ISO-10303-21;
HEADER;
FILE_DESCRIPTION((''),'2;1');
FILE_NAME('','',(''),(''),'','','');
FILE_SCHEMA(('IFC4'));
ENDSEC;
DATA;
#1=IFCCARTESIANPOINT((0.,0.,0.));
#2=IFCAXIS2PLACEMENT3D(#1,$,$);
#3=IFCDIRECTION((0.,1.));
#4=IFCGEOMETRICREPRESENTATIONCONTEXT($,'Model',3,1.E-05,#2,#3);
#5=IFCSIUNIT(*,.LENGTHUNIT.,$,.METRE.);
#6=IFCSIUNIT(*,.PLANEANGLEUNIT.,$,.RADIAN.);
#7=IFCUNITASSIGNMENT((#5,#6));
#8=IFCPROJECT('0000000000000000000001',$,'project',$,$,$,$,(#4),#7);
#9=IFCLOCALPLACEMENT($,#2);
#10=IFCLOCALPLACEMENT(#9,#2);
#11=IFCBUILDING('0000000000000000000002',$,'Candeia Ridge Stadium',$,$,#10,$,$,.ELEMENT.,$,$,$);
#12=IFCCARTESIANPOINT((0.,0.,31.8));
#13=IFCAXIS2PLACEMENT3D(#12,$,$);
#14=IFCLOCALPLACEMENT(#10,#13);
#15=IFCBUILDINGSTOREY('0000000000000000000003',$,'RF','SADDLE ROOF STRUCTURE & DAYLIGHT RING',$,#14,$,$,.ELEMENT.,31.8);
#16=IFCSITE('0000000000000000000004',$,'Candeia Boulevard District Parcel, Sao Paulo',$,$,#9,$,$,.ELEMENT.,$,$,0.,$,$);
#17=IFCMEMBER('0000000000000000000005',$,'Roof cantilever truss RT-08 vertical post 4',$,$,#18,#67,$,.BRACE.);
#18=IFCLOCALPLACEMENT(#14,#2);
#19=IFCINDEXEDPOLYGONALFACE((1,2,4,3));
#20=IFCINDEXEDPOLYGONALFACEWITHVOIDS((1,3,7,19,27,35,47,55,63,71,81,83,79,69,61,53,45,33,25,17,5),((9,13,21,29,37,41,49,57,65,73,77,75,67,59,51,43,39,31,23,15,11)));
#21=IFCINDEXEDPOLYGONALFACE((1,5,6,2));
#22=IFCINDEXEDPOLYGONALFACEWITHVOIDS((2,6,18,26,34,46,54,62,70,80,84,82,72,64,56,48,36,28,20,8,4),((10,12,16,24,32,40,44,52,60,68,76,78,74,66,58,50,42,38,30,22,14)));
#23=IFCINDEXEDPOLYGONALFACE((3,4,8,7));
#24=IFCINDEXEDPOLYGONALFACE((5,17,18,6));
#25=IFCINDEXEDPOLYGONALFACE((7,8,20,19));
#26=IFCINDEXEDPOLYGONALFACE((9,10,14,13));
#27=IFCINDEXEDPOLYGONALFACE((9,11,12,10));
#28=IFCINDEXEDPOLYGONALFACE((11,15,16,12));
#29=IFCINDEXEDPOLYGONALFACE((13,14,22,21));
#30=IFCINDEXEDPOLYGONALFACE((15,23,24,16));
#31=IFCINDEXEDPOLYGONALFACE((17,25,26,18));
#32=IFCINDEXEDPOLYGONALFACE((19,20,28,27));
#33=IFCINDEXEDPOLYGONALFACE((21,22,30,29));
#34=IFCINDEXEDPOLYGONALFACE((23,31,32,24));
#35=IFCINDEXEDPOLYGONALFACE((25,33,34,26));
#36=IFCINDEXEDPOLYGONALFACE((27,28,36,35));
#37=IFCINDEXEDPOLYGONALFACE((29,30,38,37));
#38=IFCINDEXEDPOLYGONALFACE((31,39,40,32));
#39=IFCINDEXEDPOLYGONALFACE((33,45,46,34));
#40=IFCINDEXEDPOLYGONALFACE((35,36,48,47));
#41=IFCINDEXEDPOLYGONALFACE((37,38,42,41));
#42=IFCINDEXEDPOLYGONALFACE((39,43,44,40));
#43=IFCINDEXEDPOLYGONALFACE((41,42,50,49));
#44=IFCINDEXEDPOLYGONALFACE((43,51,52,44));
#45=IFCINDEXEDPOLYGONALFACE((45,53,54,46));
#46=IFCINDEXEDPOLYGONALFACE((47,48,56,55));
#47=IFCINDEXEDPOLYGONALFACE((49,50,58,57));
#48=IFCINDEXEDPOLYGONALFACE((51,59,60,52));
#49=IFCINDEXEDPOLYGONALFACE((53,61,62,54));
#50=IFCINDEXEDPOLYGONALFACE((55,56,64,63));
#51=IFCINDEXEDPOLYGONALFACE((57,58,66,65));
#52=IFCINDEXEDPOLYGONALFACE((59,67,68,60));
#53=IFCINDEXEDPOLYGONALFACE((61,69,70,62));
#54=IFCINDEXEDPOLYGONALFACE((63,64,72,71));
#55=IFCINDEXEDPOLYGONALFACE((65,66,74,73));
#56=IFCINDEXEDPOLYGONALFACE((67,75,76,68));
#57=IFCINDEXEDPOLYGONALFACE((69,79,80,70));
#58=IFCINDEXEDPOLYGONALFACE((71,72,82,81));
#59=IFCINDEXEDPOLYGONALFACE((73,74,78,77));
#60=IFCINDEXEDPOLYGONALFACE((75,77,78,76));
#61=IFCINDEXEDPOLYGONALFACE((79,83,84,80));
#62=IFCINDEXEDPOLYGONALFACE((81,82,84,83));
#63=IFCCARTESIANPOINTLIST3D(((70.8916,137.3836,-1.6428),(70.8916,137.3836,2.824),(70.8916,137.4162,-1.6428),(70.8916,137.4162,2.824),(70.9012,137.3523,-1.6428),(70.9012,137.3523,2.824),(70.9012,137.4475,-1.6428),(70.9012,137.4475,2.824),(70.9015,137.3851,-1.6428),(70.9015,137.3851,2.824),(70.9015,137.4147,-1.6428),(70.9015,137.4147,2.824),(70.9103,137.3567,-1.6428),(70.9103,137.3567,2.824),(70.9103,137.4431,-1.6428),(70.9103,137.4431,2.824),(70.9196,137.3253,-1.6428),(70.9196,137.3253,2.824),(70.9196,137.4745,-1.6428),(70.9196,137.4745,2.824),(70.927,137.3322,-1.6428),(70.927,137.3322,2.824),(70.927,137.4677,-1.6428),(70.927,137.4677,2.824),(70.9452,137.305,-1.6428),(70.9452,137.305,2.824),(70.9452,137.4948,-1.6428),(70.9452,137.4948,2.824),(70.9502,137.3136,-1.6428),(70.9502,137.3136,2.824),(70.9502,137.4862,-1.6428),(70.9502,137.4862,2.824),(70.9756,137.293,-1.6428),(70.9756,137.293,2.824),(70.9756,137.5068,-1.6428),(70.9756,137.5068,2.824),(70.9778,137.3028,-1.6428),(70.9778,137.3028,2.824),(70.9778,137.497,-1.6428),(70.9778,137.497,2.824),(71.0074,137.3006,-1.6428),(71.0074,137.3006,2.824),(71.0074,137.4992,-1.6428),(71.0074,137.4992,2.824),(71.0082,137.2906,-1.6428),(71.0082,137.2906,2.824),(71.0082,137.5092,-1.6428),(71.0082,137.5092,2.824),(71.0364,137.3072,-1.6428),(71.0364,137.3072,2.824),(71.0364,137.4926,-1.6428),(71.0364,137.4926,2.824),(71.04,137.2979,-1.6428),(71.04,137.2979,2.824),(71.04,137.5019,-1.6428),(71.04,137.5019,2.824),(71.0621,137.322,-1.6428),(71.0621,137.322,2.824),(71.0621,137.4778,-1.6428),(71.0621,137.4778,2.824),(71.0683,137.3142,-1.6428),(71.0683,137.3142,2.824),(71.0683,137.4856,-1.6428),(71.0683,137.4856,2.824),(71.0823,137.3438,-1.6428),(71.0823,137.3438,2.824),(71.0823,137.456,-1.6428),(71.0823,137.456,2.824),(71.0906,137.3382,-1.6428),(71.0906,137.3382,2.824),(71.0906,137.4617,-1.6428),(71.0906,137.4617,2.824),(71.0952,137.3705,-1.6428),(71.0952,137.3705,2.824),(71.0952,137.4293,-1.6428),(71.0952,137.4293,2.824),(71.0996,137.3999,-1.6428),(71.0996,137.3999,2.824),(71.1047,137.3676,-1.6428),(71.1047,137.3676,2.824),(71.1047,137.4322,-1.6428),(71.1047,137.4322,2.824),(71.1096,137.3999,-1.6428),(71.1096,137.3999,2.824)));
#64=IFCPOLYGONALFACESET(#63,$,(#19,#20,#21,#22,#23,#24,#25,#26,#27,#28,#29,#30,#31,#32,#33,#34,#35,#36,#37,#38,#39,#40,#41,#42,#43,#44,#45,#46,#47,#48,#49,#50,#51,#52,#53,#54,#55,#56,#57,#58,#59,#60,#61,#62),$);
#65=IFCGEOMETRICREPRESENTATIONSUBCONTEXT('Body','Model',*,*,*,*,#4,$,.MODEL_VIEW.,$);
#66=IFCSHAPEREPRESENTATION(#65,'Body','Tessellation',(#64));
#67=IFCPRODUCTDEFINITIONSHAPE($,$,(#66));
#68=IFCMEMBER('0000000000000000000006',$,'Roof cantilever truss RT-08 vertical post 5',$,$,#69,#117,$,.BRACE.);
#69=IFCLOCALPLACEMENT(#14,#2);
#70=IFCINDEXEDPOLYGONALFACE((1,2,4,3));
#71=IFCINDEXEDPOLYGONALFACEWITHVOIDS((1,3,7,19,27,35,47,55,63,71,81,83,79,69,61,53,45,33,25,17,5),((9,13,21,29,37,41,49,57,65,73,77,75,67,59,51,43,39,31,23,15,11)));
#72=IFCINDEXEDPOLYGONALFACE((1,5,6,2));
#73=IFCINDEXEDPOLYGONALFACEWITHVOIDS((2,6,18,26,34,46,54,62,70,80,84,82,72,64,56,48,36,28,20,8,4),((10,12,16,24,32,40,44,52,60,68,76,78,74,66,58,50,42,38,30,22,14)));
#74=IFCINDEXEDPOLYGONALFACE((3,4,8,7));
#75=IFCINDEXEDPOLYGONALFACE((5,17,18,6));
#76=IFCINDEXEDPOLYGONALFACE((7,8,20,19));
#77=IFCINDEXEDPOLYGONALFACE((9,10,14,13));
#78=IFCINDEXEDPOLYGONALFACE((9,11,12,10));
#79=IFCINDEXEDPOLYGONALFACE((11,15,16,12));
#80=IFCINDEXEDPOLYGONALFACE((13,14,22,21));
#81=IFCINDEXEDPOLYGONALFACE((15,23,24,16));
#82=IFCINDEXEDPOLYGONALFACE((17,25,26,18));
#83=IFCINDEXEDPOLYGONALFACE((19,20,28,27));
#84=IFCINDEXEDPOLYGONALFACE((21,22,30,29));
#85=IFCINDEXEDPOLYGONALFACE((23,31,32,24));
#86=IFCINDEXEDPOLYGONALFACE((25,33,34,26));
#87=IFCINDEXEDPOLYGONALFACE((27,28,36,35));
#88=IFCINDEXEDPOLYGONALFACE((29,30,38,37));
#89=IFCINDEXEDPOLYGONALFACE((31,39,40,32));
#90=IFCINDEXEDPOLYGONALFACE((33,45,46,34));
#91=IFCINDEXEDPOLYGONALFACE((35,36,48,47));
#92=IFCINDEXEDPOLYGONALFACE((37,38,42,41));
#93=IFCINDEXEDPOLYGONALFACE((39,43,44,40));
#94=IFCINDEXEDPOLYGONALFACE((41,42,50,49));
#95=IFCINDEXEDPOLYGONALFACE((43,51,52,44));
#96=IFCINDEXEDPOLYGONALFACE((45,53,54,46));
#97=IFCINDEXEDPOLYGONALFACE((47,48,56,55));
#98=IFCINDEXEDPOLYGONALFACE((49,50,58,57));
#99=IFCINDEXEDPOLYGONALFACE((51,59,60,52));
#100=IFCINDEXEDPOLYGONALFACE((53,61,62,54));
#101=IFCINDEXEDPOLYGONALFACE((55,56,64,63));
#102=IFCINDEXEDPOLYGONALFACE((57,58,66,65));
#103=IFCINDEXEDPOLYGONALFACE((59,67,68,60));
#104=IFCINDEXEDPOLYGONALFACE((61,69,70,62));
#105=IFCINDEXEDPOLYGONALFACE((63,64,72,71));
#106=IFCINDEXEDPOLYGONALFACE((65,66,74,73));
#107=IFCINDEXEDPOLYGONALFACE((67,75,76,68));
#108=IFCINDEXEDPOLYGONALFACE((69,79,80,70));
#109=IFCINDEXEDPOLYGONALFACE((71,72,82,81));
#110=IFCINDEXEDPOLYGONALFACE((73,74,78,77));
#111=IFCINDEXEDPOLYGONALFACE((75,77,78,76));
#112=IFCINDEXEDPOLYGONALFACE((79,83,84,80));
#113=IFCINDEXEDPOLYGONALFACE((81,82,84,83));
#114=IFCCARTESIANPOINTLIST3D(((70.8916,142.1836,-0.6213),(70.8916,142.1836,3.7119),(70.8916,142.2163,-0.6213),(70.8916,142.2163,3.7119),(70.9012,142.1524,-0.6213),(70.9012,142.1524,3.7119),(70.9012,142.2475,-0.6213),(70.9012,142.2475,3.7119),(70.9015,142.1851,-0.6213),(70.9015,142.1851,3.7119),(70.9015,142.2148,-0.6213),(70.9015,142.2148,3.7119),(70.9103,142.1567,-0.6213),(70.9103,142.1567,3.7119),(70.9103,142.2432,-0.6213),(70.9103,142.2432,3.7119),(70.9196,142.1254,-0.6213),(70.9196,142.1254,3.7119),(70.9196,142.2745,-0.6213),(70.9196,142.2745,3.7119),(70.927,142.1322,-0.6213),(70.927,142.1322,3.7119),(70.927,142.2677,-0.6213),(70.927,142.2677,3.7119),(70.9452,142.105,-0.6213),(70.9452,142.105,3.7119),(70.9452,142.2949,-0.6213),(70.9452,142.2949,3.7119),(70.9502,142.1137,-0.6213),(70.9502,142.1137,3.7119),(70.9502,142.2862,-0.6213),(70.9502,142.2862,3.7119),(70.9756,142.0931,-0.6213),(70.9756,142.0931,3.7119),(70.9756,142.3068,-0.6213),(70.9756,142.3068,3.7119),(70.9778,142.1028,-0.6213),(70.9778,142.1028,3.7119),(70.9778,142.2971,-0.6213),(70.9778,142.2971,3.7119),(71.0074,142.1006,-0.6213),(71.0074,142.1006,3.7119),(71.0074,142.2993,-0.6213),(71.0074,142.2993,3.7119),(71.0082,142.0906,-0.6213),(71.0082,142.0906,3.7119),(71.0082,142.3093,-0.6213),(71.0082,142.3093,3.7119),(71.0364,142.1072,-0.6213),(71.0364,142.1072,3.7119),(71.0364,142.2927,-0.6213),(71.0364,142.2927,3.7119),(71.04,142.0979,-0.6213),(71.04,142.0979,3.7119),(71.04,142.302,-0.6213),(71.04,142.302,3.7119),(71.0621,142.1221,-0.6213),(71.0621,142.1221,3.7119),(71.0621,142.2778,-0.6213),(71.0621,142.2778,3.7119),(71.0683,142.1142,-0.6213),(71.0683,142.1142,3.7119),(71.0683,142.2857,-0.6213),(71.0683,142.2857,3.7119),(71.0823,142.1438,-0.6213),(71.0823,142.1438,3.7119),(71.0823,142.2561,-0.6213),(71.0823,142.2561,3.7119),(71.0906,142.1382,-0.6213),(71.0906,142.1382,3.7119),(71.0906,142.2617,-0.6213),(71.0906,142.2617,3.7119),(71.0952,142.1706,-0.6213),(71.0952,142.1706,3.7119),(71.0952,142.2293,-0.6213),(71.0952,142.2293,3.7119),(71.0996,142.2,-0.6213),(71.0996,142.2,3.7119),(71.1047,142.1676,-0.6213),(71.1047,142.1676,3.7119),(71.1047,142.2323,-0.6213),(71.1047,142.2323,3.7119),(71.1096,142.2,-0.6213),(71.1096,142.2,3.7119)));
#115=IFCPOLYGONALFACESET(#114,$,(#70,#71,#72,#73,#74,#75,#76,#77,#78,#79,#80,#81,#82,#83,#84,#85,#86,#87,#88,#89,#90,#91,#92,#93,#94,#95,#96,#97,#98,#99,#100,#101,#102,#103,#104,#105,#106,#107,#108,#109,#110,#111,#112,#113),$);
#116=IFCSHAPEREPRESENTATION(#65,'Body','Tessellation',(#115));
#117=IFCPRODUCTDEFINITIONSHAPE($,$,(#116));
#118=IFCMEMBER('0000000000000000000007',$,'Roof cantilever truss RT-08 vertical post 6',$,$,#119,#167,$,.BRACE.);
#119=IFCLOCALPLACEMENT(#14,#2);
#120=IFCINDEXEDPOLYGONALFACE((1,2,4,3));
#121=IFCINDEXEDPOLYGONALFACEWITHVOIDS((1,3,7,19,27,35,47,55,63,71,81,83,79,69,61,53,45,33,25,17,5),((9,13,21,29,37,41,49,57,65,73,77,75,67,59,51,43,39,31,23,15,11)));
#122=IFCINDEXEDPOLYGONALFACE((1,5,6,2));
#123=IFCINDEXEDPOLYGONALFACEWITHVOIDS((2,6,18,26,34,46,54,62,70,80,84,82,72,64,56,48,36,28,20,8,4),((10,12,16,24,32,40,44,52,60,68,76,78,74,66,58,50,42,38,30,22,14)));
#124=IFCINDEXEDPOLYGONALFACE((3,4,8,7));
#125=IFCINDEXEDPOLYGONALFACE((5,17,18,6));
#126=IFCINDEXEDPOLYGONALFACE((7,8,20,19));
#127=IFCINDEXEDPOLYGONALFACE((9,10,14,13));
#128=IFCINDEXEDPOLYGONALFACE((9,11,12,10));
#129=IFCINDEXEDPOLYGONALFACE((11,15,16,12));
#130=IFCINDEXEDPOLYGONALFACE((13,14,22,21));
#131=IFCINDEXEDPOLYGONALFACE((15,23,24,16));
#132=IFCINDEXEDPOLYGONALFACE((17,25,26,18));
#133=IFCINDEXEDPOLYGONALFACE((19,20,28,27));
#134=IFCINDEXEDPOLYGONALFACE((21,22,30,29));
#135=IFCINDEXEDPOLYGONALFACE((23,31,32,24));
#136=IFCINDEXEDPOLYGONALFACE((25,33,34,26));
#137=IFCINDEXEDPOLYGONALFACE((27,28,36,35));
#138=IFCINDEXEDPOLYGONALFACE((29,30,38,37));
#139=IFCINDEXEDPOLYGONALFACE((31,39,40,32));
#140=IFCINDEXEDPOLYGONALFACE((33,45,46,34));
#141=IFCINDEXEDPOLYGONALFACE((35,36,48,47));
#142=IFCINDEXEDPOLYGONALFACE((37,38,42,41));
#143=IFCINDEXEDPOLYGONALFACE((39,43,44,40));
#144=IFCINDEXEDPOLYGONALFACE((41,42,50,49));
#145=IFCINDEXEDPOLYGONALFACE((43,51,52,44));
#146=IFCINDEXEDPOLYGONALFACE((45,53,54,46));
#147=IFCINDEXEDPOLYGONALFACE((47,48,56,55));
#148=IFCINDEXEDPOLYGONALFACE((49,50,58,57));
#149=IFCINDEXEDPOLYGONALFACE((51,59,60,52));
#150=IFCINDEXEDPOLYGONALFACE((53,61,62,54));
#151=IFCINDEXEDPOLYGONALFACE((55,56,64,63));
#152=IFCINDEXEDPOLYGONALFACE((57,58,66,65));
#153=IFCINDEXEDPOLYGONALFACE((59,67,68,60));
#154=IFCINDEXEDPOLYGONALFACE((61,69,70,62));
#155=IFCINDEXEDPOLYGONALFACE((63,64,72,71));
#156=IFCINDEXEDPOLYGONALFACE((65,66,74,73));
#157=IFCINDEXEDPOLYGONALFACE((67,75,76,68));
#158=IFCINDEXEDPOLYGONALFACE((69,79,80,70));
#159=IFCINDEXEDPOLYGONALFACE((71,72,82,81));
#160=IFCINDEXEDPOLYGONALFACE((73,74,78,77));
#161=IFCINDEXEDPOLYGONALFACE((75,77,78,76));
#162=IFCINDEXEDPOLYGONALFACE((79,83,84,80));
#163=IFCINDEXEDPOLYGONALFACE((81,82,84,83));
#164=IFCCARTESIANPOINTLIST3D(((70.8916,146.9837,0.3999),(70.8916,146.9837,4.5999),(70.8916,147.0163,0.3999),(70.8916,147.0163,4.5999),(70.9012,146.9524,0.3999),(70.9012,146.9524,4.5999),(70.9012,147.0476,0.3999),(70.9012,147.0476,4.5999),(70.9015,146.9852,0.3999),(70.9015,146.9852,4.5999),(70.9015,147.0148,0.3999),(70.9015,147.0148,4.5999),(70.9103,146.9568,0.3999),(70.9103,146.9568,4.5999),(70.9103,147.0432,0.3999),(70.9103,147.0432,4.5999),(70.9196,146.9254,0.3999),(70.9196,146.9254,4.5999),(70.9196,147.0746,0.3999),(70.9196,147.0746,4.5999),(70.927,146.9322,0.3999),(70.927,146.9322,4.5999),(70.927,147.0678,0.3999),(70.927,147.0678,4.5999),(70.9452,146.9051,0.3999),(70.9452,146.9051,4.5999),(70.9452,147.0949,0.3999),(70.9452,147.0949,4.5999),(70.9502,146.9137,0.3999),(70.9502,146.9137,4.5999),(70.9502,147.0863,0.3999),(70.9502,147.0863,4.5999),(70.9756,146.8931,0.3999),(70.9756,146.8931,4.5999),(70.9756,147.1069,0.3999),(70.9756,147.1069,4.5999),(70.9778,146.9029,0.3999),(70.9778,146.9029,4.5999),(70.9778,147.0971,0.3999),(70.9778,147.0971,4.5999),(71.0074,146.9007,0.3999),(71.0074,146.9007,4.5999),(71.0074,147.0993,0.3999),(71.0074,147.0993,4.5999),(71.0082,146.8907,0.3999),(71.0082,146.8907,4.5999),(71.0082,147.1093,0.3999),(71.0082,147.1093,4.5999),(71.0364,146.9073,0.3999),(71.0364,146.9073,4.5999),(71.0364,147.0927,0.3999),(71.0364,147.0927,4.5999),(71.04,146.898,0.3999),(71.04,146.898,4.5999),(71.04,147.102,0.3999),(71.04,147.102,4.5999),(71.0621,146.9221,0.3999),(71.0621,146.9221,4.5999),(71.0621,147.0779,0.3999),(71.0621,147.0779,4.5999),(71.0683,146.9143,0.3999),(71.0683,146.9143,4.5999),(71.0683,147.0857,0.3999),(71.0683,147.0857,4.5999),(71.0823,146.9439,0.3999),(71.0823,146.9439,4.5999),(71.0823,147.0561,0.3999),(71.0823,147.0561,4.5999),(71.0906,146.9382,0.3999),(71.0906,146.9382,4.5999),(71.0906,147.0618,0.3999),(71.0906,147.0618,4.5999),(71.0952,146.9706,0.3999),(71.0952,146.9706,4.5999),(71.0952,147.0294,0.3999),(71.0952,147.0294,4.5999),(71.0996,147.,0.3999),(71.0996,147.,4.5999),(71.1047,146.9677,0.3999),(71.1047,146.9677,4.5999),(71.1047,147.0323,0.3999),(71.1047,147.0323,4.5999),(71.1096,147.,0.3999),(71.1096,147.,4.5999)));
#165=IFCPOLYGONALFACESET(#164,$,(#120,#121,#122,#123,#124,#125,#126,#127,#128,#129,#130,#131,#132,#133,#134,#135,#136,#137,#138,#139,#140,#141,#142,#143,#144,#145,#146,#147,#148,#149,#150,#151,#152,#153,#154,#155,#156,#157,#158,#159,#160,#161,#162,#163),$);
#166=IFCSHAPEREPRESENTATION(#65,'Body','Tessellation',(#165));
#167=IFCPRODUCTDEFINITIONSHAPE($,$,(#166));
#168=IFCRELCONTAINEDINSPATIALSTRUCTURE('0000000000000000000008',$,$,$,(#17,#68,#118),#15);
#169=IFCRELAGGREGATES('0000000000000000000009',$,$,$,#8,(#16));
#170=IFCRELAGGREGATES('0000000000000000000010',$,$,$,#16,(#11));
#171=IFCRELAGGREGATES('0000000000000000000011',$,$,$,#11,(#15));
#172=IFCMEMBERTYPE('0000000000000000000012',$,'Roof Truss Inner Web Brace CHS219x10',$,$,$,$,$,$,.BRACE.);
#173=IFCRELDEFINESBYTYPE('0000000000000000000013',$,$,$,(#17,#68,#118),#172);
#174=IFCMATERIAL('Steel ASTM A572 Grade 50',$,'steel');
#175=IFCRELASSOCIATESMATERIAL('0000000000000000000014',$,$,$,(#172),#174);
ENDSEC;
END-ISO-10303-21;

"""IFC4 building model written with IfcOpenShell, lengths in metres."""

from ifc_helpers import new_model, si_unit, direction, frame, origin, origin_2d, place, context, subcontext, project, spatial, hollow_circle, extrude, material, material_profile, profile_set, type_object, element, save


model = new_model("IFC4")

# Units and contexts
model_context = context("Model", 3, precision=1e-05, world=origin(), true_north=direction((0.0, 1.0)))
body_context = subcontext(model_context, "Body", "Model", "MODEL_VIEW")
ifc_project = project(units=[si_unit("LENGTHUNIT", "METRE"), si_unit("PLANEANGLEUNIT", "RADIAN")], contexts=[model_context])

# Site, building, storey
site_placement = place(None, origin())
site = spatial("IfcSite", under=ifc_project, at=site_placement, Name="Candeia Boulevard District Parcel, Sao Paulo", CompositionType="ELEMENT", RefElevation=0.0)
building_placement = place(site_placement, origin())
building = spatial("IfcBuilding", under=site, at=building_placement, Name="Candeia Ridge Stadium", CompositionType="ELEMENT")
storey_placement = place(building_placement, frame((0.0, 0.0, 31.8)))
storey = spatial("IfcBuildingStorey", under=building, at=storey_placement, Name="RF", Description="SADDLE ROOF STRUCTURE & DAYLIGHT RING", CompositionType="ELEMENT", Elevation=31.8)

# Shared definitions
ifc_material_1 = material(Name="Steel ASTM A572 Grade 50", Category="steel")

# Members
ifc_material_profile_1 = material_profile(ifc_material_1, hollow_circle(Radius=0.1096, WallThickness=0.01, at=origin_2d()), Name="CHS219x10", Category="steel")
ifc_profile_set_1 = profile_set([ifc_material_profile_1], Name="Steel ASTM A572 Grade 50")
member_type_1 = type_object("IfcMemberType", Name="Roof Truss Inner Web Brace CHS219x10", PredefinedType="BRACE", material=ifc_profile_set_1)
member_1_placement = place(storey_placement, frame((71.0, 137.3999, -1.6428), z_axis=(0.0, 0.0, 1.0), x_axis=(1.0, 0.0, 0.0)))
element("IfcMember", 1, at=member_1_placement, inside=storey, type_object=member_type_1, Name="Roof cantilever truss RT-08 vertical post 4", PredefinedType="BRACE", context=body_context, shape_type="SweptSolid", body=[
    extrude(hollow_circle(Radius=0.1096, WallThickness=0.01, at=origin_2d()), origin(), (0.0, 0.0, 1.0), 4.4668),
])
member_2_placement = place(storey_placement, frame((71.0, 142.2, -0.6213), z_axis=(0.0, 0.0, 1.0), x_axis=(1.0, 0.0, 0.0)))
element("IfcMember", 2, at=member_2_placement, inside=storey, type_object=member_type_1, Name="Roof cantilever truss RT-08 vertical post 5", PredefinedType="BRACE", context=body_context, shape_type="SweptSolid", body=[
    extrude(hollow_circle(Radius=0.1096, WallThickness=0.01, at=origin_2d()), origin(), (0.0, 0.0, 1.0), 4.3333),
])
member_3_placement = place(storey_placement, frame((71.0, 147.0, 0.3999), z_axis=(0.0, 0.0, 1.0), x_axis=(1.0, 0.0, 0.0)))
element("IfcMember", 3, at=member_3_placement, inside=storey, type_object=member_type_1, Name="Roof cantilever truss RT-08 vertical post 6", PredefinedType="BRACE", context=body_context, shape_type="SweptSolid", body=[
    extrude(hollow_circle(Radius=0.1096, WallThickness=0.01, at=origin_2d()), origin(), (0.0, 0.0, 1.0), 4.2),
])

save(model, "model.ifc")
